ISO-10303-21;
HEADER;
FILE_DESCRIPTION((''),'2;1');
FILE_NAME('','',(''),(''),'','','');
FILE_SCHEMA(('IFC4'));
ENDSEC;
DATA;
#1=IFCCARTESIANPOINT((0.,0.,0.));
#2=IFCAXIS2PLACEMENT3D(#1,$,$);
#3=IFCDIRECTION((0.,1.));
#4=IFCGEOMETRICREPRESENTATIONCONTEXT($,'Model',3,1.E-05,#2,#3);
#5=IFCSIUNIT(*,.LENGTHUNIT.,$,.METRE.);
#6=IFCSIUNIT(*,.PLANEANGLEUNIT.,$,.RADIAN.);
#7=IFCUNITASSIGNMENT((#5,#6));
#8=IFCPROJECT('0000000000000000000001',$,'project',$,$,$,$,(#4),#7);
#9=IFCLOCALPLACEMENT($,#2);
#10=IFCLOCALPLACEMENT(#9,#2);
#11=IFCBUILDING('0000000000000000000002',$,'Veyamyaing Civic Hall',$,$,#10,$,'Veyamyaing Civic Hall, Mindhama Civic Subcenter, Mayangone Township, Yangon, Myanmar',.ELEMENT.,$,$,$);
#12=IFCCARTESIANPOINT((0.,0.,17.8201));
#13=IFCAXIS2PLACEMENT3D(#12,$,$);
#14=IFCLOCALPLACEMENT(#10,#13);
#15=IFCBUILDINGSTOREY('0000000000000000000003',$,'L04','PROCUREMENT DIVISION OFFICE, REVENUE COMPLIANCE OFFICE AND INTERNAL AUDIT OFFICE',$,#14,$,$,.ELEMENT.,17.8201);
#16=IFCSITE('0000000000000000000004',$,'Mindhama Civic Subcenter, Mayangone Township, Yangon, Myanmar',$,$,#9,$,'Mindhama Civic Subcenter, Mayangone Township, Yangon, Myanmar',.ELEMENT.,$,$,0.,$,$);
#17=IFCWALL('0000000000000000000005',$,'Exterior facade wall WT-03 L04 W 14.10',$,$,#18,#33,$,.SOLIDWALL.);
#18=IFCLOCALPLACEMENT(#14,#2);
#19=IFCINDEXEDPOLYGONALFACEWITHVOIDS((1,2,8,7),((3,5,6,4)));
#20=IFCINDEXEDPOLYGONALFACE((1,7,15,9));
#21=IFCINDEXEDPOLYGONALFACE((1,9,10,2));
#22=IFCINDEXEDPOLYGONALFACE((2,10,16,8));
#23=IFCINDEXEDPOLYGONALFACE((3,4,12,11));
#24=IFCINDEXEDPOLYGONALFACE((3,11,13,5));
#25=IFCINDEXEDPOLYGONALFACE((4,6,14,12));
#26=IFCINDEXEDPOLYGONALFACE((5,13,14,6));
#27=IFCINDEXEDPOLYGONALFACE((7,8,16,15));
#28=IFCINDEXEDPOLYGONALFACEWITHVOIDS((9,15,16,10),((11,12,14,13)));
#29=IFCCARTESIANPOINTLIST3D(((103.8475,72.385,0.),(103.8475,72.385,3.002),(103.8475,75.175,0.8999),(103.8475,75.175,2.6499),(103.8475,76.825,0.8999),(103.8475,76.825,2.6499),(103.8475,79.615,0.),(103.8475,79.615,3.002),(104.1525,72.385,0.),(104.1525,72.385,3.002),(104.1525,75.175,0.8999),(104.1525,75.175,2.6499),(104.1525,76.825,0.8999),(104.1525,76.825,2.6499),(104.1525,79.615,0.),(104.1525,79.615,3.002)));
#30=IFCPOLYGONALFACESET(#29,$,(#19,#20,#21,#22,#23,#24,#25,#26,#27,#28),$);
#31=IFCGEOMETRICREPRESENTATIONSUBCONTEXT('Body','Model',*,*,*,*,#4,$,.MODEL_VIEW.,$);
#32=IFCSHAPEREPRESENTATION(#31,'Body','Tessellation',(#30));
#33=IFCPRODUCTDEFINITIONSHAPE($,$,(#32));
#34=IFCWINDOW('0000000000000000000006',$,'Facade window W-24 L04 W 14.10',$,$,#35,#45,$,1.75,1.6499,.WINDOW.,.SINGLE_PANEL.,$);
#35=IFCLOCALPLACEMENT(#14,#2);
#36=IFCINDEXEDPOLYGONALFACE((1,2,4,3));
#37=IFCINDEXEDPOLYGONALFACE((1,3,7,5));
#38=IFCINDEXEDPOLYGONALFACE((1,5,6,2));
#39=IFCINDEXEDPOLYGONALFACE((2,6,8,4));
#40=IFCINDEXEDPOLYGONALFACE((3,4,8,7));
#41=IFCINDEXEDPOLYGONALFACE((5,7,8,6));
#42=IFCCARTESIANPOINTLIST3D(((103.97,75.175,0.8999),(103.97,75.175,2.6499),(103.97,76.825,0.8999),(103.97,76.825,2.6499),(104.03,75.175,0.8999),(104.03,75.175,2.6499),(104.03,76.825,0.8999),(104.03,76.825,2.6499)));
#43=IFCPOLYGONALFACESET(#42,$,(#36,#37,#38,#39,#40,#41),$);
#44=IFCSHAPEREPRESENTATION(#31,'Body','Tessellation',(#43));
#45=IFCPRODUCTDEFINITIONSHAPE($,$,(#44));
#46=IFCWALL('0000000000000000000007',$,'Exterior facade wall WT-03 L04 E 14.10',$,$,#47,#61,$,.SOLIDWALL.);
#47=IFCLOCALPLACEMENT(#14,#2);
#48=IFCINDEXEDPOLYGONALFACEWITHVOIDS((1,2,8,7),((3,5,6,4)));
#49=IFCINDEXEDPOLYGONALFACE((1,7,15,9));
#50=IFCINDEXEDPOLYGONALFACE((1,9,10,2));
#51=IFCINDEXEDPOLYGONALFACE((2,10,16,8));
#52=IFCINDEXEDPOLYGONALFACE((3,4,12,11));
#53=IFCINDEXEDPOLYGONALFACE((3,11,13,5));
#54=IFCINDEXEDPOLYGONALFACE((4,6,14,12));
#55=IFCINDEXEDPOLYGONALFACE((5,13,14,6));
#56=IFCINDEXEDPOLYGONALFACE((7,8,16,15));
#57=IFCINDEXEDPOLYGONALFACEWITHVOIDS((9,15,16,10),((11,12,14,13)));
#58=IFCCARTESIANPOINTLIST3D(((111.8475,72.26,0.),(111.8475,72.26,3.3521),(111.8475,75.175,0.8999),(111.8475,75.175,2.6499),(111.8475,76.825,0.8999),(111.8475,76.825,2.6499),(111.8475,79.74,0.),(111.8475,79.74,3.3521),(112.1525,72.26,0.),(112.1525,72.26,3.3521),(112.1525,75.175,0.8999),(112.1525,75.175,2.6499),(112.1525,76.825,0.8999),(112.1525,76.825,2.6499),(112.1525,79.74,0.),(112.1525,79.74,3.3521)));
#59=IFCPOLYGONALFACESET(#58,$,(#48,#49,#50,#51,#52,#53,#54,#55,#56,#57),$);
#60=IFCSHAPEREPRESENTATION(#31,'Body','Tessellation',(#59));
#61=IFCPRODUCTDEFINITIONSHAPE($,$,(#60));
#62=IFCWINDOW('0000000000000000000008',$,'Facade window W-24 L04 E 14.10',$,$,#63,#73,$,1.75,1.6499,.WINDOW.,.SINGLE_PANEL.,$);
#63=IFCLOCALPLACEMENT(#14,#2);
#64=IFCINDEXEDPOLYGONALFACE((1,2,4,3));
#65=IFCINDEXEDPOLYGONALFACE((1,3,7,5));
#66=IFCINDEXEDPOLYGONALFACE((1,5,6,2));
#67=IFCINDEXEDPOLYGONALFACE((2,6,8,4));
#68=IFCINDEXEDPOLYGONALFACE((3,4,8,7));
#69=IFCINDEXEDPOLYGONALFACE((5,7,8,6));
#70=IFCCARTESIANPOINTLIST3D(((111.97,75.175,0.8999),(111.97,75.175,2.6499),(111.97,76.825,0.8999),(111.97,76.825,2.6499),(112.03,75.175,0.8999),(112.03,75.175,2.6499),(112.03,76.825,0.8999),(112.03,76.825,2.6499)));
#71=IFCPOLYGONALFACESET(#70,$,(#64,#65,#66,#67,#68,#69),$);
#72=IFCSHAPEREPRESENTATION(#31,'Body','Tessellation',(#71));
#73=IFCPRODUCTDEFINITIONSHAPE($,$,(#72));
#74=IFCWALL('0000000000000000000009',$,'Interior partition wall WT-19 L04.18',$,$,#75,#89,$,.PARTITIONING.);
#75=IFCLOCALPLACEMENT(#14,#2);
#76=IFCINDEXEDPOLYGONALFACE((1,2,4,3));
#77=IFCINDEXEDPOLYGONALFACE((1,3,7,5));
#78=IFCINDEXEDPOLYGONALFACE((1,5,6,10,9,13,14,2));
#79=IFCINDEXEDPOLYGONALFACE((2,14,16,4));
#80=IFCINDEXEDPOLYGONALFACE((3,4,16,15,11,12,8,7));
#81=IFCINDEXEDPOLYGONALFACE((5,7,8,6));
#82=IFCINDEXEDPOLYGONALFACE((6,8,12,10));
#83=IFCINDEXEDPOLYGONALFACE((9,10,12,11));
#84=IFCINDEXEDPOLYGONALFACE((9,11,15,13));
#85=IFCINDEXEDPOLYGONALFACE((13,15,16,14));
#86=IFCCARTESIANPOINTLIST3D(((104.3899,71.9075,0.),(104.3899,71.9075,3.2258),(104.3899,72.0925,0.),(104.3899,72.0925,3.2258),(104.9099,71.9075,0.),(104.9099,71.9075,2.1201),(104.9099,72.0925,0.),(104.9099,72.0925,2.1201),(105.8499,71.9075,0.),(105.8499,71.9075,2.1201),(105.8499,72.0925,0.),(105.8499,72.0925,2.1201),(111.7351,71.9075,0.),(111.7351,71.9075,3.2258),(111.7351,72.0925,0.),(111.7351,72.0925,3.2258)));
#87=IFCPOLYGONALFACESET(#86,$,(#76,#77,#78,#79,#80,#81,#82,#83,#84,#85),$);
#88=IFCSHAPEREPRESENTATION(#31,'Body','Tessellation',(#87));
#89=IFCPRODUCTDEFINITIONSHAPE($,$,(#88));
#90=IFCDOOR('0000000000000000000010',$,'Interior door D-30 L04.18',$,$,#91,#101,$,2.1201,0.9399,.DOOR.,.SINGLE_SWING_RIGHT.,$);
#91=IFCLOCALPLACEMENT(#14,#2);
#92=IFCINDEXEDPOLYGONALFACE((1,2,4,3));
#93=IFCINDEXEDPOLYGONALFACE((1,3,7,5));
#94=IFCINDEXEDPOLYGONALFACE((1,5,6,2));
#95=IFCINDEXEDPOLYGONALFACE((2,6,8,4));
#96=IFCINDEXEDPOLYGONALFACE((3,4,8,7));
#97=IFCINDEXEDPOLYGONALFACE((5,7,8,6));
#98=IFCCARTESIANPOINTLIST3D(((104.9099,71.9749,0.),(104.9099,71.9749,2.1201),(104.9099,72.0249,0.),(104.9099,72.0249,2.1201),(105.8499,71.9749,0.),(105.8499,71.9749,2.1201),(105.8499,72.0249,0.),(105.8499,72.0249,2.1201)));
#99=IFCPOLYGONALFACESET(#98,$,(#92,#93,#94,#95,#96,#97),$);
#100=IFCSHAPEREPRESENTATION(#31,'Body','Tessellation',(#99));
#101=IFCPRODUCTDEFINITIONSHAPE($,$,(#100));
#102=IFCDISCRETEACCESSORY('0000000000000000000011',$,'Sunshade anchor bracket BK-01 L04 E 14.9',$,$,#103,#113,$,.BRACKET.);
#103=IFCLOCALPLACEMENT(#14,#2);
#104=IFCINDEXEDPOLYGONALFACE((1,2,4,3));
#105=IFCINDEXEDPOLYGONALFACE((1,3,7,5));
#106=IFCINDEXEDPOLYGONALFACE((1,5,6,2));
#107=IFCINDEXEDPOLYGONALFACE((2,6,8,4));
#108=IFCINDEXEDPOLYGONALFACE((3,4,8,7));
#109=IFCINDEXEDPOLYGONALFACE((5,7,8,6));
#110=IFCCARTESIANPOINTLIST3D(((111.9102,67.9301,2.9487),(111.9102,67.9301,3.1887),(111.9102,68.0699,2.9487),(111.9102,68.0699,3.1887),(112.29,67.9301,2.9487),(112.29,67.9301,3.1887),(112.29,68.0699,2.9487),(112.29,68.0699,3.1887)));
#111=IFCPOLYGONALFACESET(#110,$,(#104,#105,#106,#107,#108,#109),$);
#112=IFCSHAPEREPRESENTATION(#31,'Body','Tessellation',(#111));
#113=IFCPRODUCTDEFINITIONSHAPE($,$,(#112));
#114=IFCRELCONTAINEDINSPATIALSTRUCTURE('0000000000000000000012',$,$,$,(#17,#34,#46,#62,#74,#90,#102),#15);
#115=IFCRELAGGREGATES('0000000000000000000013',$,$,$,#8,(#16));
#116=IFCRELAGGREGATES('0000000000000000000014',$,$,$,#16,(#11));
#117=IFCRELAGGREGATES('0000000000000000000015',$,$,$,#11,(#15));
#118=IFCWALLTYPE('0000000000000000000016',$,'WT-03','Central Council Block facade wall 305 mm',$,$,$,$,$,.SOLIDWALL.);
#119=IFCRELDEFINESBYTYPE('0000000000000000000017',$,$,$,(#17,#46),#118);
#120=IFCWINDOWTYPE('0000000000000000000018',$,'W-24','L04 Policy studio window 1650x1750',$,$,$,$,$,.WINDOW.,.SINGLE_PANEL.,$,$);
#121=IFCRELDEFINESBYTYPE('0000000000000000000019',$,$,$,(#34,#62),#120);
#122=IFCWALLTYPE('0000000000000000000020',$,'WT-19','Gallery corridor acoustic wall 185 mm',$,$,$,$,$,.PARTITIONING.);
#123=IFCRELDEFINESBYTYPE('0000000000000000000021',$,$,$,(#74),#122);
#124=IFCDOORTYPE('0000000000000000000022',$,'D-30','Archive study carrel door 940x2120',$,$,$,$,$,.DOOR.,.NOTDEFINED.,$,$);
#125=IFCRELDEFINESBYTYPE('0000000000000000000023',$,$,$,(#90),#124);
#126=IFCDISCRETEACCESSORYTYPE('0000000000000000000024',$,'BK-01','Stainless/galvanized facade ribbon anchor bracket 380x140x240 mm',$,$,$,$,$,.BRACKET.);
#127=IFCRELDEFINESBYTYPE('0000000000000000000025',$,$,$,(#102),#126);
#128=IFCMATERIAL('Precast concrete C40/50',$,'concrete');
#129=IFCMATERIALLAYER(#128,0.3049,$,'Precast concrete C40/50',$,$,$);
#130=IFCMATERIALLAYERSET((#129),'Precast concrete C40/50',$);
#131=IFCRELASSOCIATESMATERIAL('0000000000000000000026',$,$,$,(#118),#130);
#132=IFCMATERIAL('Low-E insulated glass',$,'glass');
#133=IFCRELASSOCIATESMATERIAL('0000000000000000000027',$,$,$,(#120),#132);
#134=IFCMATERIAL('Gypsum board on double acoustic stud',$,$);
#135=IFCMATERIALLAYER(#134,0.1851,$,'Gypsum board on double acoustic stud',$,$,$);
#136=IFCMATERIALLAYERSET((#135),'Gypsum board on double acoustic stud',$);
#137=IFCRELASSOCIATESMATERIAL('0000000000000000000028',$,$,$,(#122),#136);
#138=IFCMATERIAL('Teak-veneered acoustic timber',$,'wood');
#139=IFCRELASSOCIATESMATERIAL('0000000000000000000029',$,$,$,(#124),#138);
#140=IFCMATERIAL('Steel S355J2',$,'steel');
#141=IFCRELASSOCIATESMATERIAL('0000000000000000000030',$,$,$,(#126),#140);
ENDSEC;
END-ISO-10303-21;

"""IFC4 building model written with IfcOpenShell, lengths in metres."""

from ifc_helpers import new_model, si_unit, direction, frame, frame_2d, origin, origin_2d, place, context, subcontext, project, spatial, rectangle, extrude, material, layer, layer_set, type_object, element, fill, save


model = new_model("IFC4")

# Units and contexts
model_context = context("Model", 3, precision=1e-05, world=origin(), true_north=direction((0.0, 1.0)))
body_context = subcontext(model_context, "Body", "Model", "MODEL_VIEW")
ifc_project = project(units=[si_unit("LENGTHUNIT", "METRE"), si_unit("PLANEANGLEUNIT", "RADIAN")], contexts=[model_context])

# Site, building, storey
site_placement = place(None, origin())
site = spatial("IfcSite", under=ifc_project, at=site_placement, Name="Mindhama Civic Subcenter, Mayangone Township, Yangon, Myanmar", LongName="Mindhama Civic Subcenter, Mayangone Township, Yangon, Myanmar", CompositionType="ELEMENT", RefElevation=0.0)
building_placement = place(site_placement, origin())
building = spatial("IfcBuilding", under=site, at=building_placement, Name="Veyamyaing Civic Hall", LongName="Veyamyaing Civic Hall, Mindhama Civic Subcenter, Mayangone Township, Yangon, Myanmar", CompositionType="ELEMENT")
storey_placement = place(building_placement, frame((0.0, 0.0, 17.8201)))
storey = spatial("IfcBuildingStorey", under=building, at=storey_placement, Name="L04", Description="PROCUREMENT DIVISION OFFICE, REVENUE COMPLIANCE OFFICE AND INTERNAL AUDIT OFFICE", CompositionType="ELEMENT", Elevation=17.8201)

# Shared definitions
ifc_material_1 = material(Name="Low-E insulated glass", Category="glass")

# Walls, openings, windows
ifc_material_2 = material(Name="Precast concrete C40/50", Category="concrete")
ifc_layer_1 = layer(ifc_material_2, 0.3049, Name="Precast concrete C40/50")
ifc_layer_set_1 = layer_set([ifc_layer_1], Name="Precast concrete C40/50")
wall_type_1 = type_object("IfcWallType", Name="WT-03", Description="Central Council Block facade wall 305 mm", PredefinedType="SOLIDWALL", material=ifc_layer_set_1)
wall_1_placement = place(storey_placement, frame((104.0, 72.385, 0.0), z_axis=(0.0, 0.0, 1.0), x_axis=(0.0, 1.0, 0.0)))
wall_1 = element("IfcWall", 1, at=wall_1_placement, inside=storey, type_object=wall_type_1, Name="Exterior facade wall WT-03 L04 W 14.10", PredefinedType="SOLIDWALL", context=body_context, shape_type="SweptSolid", body=[
    extrude(rectangle(XDim=7.23, YDim=0.3049, at=frame_2d((3.615, 0.0))), origin(), (0.0, 0.0, 1.0), 3.002),
])
opening_1_placement = place(wall_1_placement, frame((2.79, 0.0, 0.8999)))
opening_1 = element("IfcOpeningElement", 2, at=opening_1_placement, cuts=wall_1, PredefinedType="OPENING", context=body_context, shape_type="SweptSolid", body=[
    extrude(rectangle(XDim=1.6499, YDim=1.75, at=frame_2d((0.825, 0.875))), frame((0.0, 0.1624, 0.0), z_axis=(0.0, -1.0, 0.0), x_axis=(1.0, 0.0, 0.0)), (0.0, 0.0, 1.0), 0.325),
])
window_type = type_object("IfcWindowType", Name="W-24", Description="L04 Policy studio window 1650x1750", PartitioningType="SINGLE_PANEL", PredefinedType="WINDOW", material=ifc_material_1)
window_1_placement = place(opening_1_placement, origin())
window_1 = element("IfcWindow", 3, at=window_1_placement, inside=storey, type_object=window_type, Name="Facade window W-24 L04 W 14.10", OverallHeight=1.75, OverallWidth=1.6499, PartitioningType="SINGLE_PANEL", PredefinedType="WINDOW", context=body_context, shape_type="SweptSolid", body=[
    extrude(rectangle(XDim=1.6499, YDim=1.75, at=frame_2d((0.825, 0.875))), frame((0.0, 0.03, 0.0), z_axis=(0.0, -1.0, 0.0), x_axis=(1.0, 0.0, 0.0)), (0.0, 0.0, 1.0), 0.0601),
])
fill(opening_1, window_1)
wall_2_placement = place(storey_placement, frame((112.0, 72.26, 0.0), z_axis=(0.0, 0.0, 1.0), x_axis=(0.0, 1.0, 0.0)))
wall_2 = element("IfcWall", 4, at=wall_2_placement, inside=storey, type_object=wall_type_1, Name="Exterior facade wall WT-03 L04 E 14.10", PredefinedType="SOLIDWALL", context=body_context, shape_type="SweptSolid", body=[
    extrude(rectangle(XDim=7.48, YDim=0.3049, at=frame_2d((3.74, 0.0))), origin(), (0.0, 0.0, 1.0), 3.3521),
])
opening_2_placement = place(wall_2_placement, frame((2.915, 0.0, 0.8999)))
opening_2 = element("IfcOpeningElement", 5, at=opening_2_placement, cuts=wall_2, PredefinedType="OPENING", context=body_context, shape_type="SweptSolid", body=[
    extrude(rectangle(XDim=1.6499, YDim=1.75, at=frame_2d((0.825, 0.875))), frame((0.0, 0.1624, 0.0), z_axis=(0.0, -1.0, 0.0), x_axis=(1.0, 0.0, 0.0)), (0.0, 0.0, 1.0), 0.325),
])
window_2_placement = place(opening_2_placement, origin())
window_2 = element("IfcWindow", 6, at=window_2_placement, inside=storey, type_object=window_type, Name="Facade window W-24 L04 E 14.10", OverallHeight=1.75, OverallWidth=1.6499, PartitioningType="SINGLE_PANEL", PredefinedType="WINDOW", context=body_context, shape_type="SweptSolid", body=[
    extrude(rectangle(XDim=1.6499, YDim=1.75, at=frame_2d((0.825, 0.875))), frame((0.0, 0.03, 0.0), z_axis=(0.0, -1.0, 0.0), x_axis=(1.0, 0.0, 0.0)), (0.0, 0.0, 1.0), 0.0601),
])
fill(opening_2, window_2)

# Wall, opening, door
ifc_material_3 = material(Name="Gypsum board on double acoustic stud")
ifc_layer_2 = layer(ifc_material_3, 0.1851, Name="Gypsum board on double acoustic stud")
ifc_layer_set_2 = layer_set([ifc_layer_2], Name="Gypsum board on double acoustic stud")
wall_type_2 = type_object("IfcWallType", Name="WT-19", Description="Gallery corridor acoustic wall 185 mm", PredefinedType="PARTITIONING", material=ifc_layer_set_2)
wall_3_placement = place(storey_placement, frame((104.3899, 72.0, 0.0), z_axis=(0.0, 0.0, 1.0), x_axis=(1.0, 0.0, 0.0)))
wall_3 = element("IfcWall", 7, at=wall_3_placement, inside=storey, type_object=wall_type_2, Name="Interior partition wall WT-19 L04.18", PredefinedType="PARTITIONING", context=body_context, shape_type="SweptSolid", body=[
    extrude(rectangle(XDim=7.3452, YDim=0.1851, at=frame_2d((3.6726, 0.0))), origin(), (0.0, 0.0, 1.0), 3.2258),
])
opening_3_placement = place(wall_3_placement, frame((0.52, 0.0, 0.0)))
opening_3 = element("IfcOpeningElement", 8, at=opening_3_placement, cuts=wall_3, PredefinedType="OPENING", context=body_context, shape_type="SweptSolid", body=[
    extrude(rectangle(XDim=0.9399, YDim=2.1201, at=frame_2d((0.47, 1.0601))), frame((0.0, 0.1025, 0.0), z_axis=(0.0, -1.0, 0.0), x_axis=(1.0, 0.0, 0.0)), (0.0, 0.0, 1.0), 0.2051),
])
ifc_material_4 = material(Name="Teak-veneered acoustic timber", Category="wood")
door_type = type_object("IfcDoorType", Name="D-30", Description="Archive study carrel door 940x2120", OperationType="NOTDEFINED", PredefinedType="DOOR", material=ifc_material_4)
door_placement = place(opening_3_placement, origin())
door = element("IfcDoor", 9, at=door_placement, inside=storey, type_object=door_type, Name="Interior door D-30 L04.18", OperationType="SINGLE_SWING_RIGHT", OverallHeight=2.1201, OverallWidth=0.9399, PredefinedType="DOOR", context=body_context, shape_type="SweptSolid", body=[
    extrude(rectangle(XDim=0.9399, YDim=2.1201, at=frame_2d((0.47, 1.0601))), frame((0.0, 0.0249, 0.0), z_axis=(0.0, -1.0, 0.0), x_axis=(1.0, 0.0, 0.0)), (0.0, 0.0, 1.0), 0.05),
])
fill(opening_3, door)

# Discrete accessory
ifc_material_5 = material(Name="Steel S355J2", Category="steel")
discrete_accessory_type = type_object("IfcDiscreteAccessoryType", Name="BK-01", Description="Stainless/galvanized facade ribbon anchor bracket 380x140x240 mm", PredefinedType="BRACKET", material=ifc_material_5)
discrete_accessory_placement = place(storey_placement, frame((112.1001, 68.0, 2.9487), z_axis=(0.0, 0.0, 1.0), x_axis=(1.0, 0.0, 0.0)))
element("IfcDiscreteAccessory", 10, at=discrete_accessory_placement, inside=storey, type_object=discrete_accessory_type, Name="Sunshade anchor bracket BK-01 L04 E 14.9", PredefinedType="BRACKET", context=body_context, shape_type="SweptSolid", body=[
    extrude(rectangle(XDim=0.3799, YDim=0.1399, at=origin_2d()), origin(), (0.0, 0.0, 1.0), 0.24),
])

save(model, "model.ifc")
